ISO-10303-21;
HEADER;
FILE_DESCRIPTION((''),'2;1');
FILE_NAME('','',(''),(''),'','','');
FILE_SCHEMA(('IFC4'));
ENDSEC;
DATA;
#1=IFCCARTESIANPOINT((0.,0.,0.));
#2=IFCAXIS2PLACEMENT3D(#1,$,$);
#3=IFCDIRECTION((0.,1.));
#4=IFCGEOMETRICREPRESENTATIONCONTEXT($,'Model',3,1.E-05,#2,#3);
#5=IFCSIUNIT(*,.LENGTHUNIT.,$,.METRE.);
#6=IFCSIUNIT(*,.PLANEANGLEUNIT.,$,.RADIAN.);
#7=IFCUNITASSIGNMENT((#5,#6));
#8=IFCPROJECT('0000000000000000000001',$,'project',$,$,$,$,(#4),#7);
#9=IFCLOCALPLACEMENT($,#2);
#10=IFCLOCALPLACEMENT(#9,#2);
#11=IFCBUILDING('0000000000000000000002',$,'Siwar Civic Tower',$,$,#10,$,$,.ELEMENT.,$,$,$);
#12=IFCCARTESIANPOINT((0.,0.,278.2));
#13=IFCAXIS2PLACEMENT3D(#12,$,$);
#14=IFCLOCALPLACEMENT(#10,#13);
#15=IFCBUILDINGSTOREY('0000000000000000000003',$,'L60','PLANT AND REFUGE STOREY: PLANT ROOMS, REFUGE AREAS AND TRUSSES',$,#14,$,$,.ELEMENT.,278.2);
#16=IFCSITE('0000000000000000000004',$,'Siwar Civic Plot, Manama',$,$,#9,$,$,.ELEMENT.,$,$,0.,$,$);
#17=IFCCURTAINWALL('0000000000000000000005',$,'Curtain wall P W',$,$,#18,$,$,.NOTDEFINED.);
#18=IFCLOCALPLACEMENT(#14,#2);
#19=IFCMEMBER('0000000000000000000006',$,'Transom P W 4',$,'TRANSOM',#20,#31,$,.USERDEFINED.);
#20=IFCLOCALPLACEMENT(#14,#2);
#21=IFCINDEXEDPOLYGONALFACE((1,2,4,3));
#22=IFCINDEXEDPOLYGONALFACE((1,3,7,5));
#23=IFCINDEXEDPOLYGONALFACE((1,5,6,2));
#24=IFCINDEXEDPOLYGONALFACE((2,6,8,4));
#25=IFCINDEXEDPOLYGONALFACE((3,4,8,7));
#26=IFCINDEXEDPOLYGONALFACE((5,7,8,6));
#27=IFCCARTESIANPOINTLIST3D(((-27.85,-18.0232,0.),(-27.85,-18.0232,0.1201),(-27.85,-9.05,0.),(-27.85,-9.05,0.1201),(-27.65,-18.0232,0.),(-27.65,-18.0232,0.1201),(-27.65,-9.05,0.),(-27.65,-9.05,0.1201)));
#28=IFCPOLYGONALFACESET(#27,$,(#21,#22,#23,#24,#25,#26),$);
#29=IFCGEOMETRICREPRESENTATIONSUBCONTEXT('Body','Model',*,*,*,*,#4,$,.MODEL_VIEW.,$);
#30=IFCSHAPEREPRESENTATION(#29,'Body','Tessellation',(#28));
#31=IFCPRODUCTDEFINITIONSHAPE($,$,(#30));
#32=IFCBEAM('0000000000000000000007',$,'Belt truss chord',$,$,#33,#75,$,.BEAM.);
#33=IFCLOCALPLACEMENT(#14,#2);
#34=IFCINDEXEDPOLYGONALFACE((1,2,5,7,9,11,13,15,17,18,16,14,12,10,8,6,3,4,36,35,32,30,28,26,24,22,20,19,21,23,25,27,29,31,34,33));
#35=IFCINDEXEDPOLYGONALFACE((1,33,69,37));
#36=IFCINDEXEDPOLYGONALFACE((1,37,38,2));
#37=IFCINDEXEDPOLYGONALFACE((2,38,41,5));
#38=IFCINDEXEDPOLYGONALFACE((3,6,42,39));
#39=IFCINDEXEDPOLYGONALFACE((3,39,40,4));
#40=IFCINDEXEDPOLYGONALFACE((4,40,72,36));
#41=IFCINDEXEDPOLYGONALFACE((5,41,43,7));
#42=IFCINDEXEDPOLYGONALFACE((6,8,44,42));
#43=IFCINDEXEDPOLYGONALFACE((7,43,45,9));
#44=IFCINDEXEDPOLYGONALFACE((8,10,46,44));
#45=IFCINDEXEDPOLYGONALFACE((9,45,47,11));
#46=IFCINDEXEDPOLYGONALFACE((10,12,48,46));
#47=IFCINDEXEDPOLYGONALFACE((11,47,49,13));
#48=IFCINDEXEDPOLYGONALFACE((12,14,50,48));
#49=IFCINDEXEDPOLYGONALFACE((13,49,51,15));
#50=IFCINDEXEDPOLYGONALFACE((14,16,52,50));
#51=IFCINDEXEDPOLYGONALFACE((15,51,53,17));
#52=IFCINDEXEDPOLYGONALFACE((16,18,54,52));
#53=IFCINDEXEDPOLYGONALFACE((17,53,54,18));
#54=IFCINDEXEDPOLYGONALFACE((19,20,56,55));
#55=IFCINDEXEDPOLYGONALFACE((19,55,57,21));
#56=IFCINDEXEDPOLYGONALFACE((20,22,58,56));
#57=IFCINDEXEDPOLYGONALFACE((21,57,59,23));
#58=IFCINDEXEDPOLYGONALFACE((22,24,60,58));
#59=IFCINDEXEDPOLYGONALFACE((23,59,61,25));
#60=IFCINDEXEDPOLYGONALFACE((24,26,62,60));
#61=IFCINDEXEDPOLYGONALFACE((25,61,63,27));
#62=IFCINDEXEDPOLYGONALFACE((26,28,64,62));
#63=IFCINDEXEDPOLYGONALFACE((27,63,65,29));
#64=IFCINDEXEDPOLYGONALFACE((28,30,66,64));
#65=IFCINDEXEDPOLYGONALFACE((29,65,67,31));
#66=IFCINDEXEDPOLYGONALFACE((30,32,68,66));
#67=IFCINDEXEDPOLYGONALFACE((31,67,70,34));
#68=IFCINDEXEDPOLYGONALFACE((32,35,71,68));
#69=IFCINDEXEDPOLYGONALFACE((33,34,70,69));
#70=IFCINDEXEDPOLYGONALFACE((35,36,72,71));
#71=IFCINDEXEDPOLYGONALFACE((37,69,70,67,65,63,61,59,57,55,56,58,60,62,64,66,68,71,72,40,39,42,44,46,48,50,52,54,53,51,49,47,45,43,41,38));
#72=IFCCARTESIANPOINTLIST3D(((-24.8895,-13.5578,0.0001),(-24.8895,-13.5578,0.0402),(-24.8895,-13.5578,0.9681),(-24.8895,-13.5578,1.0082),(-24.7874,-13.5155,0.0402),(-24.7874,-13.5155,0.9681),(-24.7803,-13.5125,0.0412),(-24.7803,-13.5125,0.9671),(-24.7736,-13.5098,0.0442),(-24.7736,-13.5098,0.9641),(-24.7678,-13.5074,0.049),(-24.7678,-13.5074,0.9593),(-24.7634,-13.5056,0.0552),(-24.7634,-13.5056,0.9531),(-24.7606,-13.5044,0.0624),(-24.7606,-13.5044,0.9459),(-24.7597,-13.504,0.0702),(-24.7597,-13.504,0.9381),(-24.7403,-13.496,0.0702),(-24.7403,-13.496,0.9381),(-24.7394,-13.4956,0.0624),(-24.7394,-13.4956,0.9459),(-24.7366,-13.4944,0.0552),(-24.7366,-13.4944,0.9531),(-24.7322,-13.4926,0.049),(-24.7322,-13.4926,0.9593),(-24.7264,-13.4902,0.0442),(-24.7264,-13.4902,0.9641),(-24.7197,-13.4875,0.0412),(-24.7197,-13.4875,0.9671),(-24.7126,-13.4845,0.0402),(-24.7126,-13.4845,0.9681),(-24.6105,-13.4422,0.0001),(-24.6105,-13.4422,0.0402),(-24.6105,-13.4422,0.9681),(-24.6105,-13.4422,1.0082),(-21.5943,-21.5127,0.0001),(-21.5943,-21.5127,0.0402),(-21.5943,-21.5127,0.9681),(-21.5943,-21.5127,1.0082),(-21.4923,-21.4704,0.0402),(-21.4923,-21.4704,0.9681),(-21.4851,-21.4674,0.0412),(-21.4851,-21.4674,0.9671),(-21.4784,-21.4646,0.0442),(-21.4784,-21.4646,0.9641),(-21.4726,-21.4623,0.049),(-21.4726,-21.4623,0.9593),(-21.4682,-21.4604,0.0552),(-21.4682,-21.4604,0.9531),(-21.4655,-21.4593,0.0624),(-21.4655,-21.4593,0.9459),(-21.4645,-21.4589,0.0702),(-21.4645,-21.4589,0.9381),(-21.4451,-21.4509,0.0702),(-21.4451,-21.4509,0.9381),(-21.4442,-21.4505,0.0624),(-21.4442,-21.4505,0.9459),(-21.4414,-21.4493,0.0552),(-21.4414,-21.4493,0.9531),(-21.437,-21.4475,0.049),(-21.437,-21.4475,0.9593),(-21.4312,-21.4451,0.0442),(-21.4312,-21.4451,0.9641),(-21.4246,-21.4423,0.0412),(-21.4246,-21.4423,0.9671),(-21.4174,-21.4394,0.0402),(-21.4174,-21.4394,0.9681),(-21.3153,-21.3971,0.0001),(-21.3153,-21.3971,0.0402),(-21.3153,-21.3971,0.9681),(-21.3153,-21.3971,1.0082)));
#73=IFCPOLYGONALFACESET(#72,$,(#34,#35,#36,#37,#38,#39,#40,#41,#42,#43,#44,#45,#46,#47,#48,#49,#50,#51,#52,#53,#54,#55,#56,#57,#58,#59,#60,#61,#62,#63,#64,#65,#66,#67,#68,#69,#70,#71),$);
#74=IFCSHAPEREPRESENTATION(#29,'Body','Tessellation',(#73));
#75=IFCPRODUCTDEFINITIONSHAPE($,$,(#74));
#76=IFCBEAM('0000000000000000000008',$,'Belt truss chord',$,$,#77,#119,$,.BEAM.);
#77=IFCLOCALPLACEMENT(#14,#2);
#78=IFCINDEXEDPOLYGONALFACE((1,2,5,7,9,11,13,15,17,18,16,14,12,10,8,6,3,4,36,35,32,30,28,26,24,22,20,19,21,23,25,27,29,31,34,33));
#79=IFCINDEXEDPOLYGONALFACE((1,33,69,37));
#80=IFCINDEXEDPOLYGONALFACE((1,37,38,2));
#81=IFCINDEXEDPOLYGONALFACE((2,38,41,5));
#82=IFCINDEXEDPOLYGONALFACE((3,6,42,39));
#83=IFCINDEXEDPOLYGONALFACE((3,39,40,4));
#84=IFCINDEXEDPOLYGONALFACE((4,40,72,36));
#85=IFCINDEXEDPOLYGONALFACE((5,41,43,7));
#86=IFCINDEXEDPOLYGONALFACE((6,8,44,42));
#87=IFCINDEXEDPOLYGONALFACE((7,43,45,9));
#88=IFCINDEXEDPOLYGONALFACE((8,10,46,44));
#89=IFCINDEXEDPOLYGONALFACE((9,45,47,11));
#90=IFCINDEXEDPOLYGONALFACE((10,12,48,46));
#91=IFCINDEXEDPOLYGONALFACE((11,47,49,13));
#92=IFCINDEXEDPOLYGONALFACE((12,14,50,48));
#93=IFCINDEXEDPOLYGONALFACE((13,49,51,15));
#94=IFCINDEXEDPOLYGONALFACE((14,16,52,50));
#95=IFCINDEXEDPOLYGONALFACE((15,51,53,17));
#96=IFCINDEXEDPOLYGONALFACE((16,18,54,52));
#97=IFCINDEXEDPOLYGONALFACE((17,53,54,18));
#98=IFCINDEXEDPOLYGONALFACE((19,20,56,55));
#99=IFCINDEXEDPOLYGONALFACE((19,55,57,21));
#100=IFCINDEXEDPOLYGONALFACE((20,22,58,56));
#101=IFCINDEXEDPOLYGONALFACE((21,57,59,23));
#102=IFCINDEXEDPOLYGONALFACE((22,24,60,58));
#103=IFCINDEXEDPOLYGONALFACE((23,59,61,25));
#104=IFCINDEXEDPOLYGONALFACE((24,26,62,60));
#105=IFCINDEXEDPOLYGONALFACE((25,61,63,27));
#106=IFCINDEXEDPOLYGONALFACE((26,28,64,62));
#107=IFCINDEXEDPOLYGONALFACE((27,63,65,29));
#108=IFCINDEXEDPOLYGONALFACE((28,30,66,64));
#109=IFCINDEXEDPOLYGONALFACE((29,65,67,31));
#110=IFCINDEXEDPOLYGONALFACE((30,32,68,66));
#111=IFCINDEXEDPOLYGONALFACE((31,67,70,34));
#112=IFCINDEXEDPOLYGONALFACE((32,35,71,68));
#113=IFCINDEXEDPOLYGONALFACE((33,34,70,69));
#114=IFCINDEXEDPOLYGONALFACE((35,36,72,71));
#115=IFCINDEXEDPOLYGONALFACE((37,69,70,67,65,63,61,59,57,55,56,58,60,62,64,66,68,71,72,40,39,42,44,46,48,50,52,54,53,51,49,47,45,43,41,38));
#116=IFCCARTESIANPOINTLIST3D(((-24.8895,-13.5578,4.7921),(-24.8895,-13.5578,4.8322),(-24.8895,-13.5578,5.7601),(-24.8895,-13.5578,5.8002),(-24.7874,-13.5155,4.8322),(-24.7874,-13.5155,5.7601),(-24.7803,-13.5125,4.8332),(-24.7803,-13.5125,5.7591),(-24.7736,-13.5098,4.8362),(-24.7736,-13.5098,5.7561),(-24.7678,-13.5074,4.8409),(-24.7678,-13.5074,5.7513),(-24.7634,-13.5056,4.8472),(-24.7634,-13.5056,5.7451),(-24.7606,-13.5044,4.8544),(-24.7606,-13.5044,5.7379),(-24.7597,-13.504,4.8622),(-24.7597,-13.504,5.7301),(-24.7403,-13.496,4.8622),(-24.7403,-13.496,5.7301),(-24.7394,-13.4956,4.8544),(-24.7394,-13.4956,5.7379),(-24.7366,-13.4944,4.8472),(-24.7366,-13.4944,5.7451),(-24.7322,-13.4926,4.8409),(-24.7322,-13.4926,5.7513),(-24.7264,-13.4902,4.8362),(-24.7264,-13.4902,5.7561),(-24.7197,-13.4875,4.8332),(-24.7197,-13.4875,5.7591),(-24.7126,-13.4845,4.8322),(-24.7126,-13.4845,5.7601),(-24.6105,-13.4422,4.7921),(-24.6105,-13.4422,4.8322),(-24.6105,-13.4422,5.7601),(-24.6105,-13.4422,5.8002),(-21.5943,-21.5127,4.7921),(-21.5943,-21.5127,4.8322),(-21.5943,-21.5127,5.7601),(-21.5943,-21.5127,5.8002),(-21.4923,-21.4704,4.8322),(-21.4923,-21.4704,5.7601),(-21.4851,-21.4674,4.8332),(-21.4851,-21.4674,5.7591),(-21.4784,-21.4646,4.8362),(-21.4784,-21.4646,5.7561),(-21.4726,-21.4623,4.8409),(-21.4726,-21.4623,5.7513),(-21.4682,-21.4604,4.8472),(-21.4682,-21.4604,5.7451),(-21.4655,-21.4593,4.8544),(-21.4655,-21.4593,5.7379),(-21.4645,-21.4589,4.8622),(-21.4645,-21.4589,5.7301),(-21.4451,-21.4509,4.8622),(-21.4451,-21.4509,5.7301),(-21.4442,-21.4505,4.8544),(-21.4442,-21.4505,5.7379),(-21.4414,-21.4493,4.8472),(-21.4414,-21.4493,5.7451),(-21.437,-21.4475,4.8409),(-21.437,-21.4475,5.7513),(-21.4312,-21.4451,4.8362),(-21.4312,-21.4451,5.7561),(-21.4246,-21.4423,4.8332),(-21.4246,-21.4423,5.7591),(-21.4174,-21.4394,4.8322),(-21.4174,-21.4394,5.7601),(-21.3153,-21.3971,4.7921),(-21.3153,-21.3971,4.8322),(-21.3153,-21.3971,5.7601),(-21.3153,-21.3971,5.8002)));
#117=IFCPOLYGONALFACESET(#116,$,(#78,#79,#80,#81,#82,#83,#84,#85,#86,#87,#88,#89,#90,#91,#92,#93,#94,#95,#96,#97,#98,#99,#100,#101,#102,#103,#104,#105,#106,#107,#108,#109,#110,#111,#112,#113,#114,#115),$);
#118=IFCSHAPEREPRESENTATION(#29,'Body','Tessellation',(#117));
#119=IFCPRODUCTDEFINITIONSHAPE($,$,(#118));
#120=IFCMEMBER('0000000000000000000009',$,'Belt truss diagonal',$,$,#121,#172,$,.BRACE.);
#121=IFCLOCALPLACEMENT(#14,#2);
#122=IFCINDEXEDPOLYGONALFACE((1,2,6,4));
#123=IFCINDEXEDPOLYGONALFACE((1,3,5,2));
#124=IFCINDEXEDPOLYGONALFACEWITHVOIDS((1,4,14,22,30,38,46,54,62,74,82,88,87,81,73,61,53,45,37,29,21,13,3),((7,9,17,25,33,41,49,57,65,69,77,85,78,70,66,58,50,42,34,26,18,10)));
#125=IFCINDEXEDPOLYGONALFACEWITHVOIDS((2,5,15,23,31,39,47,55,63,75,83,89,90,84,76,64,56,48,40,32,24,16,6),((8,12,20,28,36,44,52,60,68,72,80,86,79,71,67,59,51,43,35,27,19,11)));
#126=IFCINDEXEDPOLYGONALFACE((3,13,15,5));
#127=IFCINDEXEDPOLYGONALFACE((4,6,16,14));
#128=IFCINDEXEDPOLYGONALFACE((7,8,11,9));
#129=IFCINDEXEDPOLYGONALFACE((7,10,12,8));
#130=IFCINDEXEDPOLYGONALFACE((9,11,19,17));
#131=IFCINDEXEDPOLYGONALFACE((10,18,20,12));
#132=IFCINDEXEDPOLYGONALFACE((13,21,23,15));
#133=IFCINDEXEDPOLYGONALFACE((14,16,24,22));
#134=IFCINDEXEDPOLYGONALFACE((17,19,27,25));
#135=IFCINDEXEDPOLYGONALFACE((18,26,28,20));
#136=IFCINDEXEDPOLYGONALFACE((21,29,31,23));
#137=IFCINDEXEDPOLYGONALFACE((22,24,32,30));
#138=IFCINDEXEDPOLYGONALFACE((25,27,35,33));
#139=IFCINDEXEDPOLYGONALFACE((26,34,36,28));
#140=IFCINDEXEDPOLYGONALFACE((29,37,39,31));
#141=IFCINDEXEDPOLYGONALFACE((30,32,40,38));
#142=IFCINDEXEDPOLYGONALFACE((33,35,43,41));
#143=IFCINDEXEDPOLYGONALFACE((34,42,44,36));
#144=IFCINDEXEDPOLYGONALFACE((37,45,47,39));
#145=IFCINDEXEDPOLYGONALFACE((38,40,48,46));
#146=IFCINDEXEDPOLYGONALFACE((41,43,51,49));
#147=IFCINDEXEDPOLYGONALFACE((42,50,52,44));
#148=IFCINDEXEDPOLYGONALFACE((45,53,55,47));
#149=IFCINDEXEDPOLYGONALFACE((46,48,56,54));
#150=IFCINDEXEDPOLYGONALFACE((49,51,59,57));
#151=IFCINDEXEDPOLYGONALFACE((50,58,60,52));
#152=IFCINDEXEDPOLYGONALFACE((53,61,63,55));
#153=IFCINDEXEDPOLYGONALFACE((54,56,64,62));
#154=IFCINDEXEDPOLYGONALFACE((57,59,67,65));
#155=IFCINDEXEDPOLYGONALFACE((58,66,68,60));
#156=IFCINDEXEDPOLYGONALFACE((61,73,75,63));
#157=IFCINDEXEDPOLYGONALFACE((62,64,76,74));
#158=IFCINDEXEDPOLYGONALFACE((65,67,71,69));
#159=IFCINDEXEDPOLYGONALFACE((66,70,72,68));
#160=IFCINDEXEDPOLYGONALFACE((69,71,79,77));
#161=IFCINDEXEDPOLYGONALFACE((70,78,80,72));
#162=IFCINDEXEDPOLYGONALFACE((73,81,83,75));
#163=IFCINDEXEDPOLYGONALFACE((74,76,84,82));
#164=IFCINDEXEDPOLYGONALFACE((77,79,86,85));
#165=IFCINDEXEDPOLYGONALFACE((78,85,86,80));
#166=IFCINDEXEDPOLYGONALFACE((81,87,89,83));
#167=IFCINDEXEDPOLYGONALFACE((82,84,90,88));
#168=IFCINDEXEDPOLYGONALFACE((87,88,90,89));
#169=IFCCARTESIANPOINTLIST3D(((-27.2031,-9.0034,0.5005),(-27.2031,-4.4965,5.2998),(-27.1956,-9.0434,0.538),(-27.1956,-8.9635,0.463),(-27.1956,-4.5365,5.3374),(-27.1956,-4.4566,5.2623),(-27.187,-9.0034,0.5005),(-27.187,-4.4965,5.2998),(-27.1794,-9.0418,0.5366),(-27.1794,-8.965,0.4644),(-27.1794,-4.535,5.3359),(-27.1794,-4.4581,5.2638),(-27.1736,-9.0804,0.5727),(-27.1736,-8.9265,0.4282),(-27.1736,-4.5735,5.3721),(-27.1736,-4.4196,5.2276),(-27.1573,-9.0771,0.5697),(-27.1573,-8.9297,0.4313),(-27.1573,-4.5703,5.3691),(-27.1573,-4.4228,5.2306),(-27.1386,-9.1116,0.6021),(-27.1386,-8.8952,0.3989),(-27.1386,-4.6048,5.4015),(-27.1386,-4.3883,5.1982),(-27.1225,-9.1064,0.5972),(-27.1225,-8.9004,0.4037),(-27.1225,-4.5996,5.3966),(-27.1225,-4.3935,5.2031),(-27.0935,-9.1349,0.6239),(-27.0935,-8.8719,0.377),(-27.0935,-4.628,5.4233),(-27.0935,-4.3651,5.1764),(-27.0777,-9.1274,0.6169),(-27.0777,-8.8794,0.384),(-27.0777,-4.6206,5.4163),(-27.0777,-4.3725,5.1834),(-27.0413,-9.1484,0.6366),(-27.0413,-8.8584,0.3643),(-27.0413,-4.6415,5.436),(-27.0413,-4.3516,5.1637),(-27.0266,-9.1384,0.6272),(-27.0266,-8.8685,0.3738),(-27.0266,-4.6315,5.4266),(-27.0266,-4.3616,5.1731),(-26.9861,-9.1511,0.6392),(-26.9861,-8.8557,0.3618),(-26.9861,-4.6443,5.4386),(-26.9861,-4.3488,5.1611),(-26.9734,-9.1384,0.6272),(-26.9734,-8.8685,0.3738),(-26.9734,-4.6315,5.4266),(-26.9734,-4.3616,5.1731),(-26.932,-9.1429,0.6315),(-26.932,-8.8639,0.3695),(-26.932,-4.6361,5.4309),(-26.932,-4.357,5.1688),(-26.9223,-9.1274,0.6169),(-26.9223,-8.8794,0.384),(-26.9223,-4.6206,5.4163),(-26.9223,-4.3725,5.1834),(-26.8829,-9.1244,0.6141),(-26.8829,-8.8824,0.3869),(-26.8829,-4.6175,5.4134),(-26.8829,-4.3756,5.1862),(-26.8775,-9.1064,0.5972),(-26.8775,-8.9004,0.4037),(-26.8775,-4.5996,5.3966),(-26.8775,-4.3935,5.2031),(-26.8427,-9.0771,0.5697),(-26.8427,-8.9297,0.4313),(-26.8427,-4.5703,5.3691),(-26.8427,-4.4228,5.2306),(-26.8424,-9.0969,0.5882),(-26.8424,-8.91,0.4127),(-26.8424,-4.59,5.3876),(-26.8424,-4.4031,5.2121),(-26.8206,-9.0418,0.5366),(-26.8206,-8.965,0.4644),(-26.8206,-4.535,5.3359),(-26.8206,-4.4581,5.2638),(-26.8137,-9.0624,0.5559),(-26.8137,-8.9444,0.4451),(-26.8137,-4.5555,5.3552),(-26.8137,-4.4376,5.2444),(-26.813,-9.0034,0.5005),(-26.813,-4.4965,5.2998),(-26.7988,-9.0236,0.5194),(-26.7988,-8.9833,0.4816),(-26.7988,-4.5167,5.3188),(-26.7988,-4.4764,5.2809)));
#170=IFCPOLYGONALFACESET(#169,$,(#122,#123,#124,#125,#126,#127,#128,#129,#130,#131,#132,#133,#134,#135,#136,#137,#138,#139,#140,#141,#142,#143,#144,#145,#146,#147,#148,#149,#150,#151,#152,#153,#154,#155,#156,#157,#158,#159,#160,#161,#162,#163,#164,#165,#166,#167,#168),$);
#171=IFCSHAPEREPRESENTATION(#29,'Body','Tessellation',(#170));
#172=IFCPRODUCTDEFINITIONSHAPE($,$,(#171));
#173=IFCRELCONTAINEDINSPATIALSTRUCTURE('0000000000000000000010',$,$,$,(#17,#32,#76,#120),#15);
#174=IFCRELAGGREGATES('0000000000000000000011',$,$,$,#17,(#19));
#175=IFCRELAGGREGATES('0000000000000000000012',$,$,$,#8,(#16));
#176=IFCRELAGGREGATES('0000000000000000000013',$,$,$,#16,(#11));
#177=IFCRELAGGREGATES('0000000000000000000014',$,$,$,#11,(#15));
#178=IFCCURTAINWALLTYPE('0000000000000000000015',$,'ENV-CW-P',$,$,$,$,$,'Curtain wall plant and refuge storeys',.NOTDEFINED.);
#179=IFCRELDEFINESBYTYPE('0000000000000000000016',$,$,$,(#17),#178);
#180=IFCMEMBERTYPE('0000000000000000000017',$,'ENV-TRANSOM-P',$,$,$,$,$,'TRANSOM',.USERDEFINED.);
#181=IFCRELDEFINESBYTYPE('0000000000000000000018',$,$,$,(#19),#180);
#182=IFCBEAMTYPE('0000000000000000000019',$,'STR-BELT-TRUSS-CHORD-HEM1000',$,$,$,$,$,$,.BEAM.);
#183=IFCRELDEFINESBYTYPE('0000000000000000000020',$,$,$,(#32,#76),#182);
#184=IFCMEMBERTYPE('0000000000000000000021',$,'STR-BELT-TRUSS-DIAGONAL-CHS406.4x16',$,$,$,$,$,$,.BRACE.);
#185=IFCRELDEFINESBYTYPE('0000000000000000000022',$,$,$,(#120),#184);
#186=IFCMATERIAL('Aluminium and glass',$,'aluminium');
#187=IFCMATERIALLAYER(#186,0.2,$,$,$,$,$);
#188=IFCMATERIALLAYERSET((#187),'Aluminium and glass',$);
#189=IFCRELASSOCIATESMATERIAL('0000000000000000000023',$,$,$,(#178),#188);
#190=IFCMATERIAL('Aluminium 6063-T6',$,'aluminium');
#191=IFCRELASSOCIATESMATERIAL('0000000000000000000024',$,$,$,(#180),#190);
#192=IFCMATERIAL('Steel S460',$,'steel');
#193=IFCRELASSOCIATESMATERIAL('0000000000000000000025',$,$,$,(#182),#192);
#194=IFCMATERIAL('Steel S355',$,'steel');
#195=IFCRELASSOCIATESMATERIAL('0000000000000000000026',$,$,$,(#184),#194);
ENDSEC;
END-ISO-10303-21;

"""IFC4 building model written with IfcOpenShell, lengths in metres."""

from ifc_helpers import new_model, si_unit, direction, frame, origin, origin_2d, place, context, subcontext, project, spatial, rectangle, hollow_circle, i_section, extrude, material, layer, layer_set, material_profile, profile_set, type_object, element, aggregate, save


model = new_model("IFC4")

# Units and contexts
model_context = context("Model", 3, precision=1e-05, world=origin(), true_north=direction((0.0, 1.0)))
body_context = subcontext(model_context, "Body", "Model", "MODEL_VIEW")
ifc_project = project(units=[si_unit("LENGTHUNIT", "METRE"), si_unit("PLANEANGLEUNIT", "RADIAN")], contexts=[model_context])

# Site, building, storey
site_placement = place(None, origin())
site = spatial("IfcSite", under=ifc_project, at=site_placement, Name="Siwar Civic Plot, Manama", CompositionType="ELEMENT", RefElevation=0.0)
building_placement = place(site_placement, origin())
building = spatial("IfcBuilding", under=site, at=building_placement, Name="Siwar Civic Tower", CompositionType="ELEMENT")
storey_placement = place(building_placement, frame((0.0, 0.0, 278.2)))
storey = spatial("IfcBuildingStorey", under=building, at=storey_placement, Name="L60", Description="PLANT AND REFUGE STOREY: PLANT ROOMS, REFUGE AREAS AND TRUSSES", CompositionType="ELEMENT", Elevation=278.2)

# Curtain wall, member
ifc_material_1 = material(Name="Aluminium and glass", Category="aluminium")
ifc_layer_1 = layer(ifc_material_1, 0.2)
ifc_layer_set_1 = layer_set([ifc_layer_1], Name="Aluminium and glass")
curtain_wall_type = type_object("IfcCurtainWallType", Name="ENV-CW-P", ElementType="Curtain wall plant and refuge storeys", PredefinedType="NOTDEFINED", material=ifc_layer_set_1)
curtain_wall_placement = place(storey_placement, origin())
curtain_wall = element("IfcCurtainWall", 1, at=curtain_wall_placement, inside=storey, type_object=curtain_wall_type, Name="Curtain wall P W", PredefinedType="NOTDEFINED")
ifc_material_2 = material(Name="Aluminium 6063-T6", Category="aluminium")
ifc_material_profile_1 = material_profile(ifc_material_2, rectangle(XDim=0.2, YDim=0.1201, at=origin_2d()), Name="AL 200x120")
ifc_profile_set_1 = profile_set([ifc_material_profile_1], Name="Aluminium 6063-T6")
member_type_1 = type_object("IfcMemberType", Name="ENV-TRANSOM-P", ElementType="TRANSOM", PredefinedType="USERDEFINED", material=ifc_profile_set_1)
member_1_placement = place(storey_placement, frame((-27.75, -9.05, 0.0601), z_axis=(0.0, -1.0, 0.0), x_axis=(1.0, 0.0, 0.0)))
member_1 = element("IfcMember", 2, at=member_1_placement, type_object=member_type_1, Name="Transom P W 4", ObjectType="TRANSOM", PredefinedType="USERDEFINED", context=body_context, shape_type="SweptSolid", body=[
    extrude(rectangle(XDim=0.2, YDim=0.1201, at=origin_2d()), origin(), (0.0, 0.0, 1.0), 8.9731),
])
aggregate(curtain_wall, [member_1])

# Beams
ifc_material_3 = material(Name="Steel S460", Category="steel")
ifc_material_profile_2 = material_profile(ifc_material_3, i_section(OverallWidth=0.302, OverallDepth=1.0081, WebThickness=0.021, FlangeThickness=0.04, FilletRadius=0.03, at=origin_2d()), Name="HEM1000")
ifc_profile_set_2 = profile_set([ifc_material_profile_2], Name="Steel S460")
beam_type_1 = type_object("IfcBeamType", Name="STR-BELT-TRUSS-CHORD-HEM1000", PredefinedType="BEAM", material=ifc_profile_set_2)
for number, where, z_axis, x_axis, name in (
    (3, (-24.75, -13.5, 0.5042), (0.3827, -0.923873, 0.0), (0.923873, 0.3827, 0.0), "Belt truss chord"),
    (4, (-24.75, -13.5, 5.2961), (0.3827, -0.923873, 0.0), (0.923873, 0.3827, 0.0), "Belt truss chord"),
):
    element("IfcBeam", number, at=place(storey_placement, frame(where, z_axis=z_axis, x_axis=x_axis)), inside=storey, type_object=beam_type_1, Name=name, PredefinedType="BEAM", context=body_context, shape_type="SweptSolid", body=[
        extrude(i_section(OverallWidth=0.302, OverallDepth=1.0081, WebThickness=0.021, FlangeThickness=0.04, FilletRadius=0.03, at=origin_2d()), origin(), (0.0, 0.0, 1.0), 8.6104),
    ])

# Member
ifc_material_4 = material(Name="Steel S355", Category="steel")
ifc_material_profile_3 = material_profile(ifc_material_4, hollow_circle(Radius=0.2031, WallThickness=0.0161, at=origin_2d()), Name="CHS406.4x16")
ifc_profile_set_3 = profile_set([ifc_material_profile_3], Name="Steel S355")
member_type_2 = type_object("IfcMemberType", Name="STR-BELT-TRUSS-DIAGONAL-CHS406.4x16", PredefinedType="BRACE", material=ifc_profile_set_3)
for number, where, z_axis, x_axis, name in (
    (5, (-27.0, -9.0034, 0.5005), (0.0, 0.684545, 0.72897), (-1.0, 0.0, 0.0), "Belt truss diagonal"),
):
    element("IfcMember", number, at=place(storey_placement, frame(where, z_axis=z_axis, x_axis=x_axis)), inside=storey, type_object=member_type_2, Name=name, PredefinedType="BRACE", context=body_context, shape_type="SweptSolid", body=[
        extrude(hollow_circle(Radius=0.2031, WallThickness=0.0161, at=origin_2d()), origin(), (0.0, 0.0, 1.0), 6.5837),
    ])

save(model, "model.ifc")
